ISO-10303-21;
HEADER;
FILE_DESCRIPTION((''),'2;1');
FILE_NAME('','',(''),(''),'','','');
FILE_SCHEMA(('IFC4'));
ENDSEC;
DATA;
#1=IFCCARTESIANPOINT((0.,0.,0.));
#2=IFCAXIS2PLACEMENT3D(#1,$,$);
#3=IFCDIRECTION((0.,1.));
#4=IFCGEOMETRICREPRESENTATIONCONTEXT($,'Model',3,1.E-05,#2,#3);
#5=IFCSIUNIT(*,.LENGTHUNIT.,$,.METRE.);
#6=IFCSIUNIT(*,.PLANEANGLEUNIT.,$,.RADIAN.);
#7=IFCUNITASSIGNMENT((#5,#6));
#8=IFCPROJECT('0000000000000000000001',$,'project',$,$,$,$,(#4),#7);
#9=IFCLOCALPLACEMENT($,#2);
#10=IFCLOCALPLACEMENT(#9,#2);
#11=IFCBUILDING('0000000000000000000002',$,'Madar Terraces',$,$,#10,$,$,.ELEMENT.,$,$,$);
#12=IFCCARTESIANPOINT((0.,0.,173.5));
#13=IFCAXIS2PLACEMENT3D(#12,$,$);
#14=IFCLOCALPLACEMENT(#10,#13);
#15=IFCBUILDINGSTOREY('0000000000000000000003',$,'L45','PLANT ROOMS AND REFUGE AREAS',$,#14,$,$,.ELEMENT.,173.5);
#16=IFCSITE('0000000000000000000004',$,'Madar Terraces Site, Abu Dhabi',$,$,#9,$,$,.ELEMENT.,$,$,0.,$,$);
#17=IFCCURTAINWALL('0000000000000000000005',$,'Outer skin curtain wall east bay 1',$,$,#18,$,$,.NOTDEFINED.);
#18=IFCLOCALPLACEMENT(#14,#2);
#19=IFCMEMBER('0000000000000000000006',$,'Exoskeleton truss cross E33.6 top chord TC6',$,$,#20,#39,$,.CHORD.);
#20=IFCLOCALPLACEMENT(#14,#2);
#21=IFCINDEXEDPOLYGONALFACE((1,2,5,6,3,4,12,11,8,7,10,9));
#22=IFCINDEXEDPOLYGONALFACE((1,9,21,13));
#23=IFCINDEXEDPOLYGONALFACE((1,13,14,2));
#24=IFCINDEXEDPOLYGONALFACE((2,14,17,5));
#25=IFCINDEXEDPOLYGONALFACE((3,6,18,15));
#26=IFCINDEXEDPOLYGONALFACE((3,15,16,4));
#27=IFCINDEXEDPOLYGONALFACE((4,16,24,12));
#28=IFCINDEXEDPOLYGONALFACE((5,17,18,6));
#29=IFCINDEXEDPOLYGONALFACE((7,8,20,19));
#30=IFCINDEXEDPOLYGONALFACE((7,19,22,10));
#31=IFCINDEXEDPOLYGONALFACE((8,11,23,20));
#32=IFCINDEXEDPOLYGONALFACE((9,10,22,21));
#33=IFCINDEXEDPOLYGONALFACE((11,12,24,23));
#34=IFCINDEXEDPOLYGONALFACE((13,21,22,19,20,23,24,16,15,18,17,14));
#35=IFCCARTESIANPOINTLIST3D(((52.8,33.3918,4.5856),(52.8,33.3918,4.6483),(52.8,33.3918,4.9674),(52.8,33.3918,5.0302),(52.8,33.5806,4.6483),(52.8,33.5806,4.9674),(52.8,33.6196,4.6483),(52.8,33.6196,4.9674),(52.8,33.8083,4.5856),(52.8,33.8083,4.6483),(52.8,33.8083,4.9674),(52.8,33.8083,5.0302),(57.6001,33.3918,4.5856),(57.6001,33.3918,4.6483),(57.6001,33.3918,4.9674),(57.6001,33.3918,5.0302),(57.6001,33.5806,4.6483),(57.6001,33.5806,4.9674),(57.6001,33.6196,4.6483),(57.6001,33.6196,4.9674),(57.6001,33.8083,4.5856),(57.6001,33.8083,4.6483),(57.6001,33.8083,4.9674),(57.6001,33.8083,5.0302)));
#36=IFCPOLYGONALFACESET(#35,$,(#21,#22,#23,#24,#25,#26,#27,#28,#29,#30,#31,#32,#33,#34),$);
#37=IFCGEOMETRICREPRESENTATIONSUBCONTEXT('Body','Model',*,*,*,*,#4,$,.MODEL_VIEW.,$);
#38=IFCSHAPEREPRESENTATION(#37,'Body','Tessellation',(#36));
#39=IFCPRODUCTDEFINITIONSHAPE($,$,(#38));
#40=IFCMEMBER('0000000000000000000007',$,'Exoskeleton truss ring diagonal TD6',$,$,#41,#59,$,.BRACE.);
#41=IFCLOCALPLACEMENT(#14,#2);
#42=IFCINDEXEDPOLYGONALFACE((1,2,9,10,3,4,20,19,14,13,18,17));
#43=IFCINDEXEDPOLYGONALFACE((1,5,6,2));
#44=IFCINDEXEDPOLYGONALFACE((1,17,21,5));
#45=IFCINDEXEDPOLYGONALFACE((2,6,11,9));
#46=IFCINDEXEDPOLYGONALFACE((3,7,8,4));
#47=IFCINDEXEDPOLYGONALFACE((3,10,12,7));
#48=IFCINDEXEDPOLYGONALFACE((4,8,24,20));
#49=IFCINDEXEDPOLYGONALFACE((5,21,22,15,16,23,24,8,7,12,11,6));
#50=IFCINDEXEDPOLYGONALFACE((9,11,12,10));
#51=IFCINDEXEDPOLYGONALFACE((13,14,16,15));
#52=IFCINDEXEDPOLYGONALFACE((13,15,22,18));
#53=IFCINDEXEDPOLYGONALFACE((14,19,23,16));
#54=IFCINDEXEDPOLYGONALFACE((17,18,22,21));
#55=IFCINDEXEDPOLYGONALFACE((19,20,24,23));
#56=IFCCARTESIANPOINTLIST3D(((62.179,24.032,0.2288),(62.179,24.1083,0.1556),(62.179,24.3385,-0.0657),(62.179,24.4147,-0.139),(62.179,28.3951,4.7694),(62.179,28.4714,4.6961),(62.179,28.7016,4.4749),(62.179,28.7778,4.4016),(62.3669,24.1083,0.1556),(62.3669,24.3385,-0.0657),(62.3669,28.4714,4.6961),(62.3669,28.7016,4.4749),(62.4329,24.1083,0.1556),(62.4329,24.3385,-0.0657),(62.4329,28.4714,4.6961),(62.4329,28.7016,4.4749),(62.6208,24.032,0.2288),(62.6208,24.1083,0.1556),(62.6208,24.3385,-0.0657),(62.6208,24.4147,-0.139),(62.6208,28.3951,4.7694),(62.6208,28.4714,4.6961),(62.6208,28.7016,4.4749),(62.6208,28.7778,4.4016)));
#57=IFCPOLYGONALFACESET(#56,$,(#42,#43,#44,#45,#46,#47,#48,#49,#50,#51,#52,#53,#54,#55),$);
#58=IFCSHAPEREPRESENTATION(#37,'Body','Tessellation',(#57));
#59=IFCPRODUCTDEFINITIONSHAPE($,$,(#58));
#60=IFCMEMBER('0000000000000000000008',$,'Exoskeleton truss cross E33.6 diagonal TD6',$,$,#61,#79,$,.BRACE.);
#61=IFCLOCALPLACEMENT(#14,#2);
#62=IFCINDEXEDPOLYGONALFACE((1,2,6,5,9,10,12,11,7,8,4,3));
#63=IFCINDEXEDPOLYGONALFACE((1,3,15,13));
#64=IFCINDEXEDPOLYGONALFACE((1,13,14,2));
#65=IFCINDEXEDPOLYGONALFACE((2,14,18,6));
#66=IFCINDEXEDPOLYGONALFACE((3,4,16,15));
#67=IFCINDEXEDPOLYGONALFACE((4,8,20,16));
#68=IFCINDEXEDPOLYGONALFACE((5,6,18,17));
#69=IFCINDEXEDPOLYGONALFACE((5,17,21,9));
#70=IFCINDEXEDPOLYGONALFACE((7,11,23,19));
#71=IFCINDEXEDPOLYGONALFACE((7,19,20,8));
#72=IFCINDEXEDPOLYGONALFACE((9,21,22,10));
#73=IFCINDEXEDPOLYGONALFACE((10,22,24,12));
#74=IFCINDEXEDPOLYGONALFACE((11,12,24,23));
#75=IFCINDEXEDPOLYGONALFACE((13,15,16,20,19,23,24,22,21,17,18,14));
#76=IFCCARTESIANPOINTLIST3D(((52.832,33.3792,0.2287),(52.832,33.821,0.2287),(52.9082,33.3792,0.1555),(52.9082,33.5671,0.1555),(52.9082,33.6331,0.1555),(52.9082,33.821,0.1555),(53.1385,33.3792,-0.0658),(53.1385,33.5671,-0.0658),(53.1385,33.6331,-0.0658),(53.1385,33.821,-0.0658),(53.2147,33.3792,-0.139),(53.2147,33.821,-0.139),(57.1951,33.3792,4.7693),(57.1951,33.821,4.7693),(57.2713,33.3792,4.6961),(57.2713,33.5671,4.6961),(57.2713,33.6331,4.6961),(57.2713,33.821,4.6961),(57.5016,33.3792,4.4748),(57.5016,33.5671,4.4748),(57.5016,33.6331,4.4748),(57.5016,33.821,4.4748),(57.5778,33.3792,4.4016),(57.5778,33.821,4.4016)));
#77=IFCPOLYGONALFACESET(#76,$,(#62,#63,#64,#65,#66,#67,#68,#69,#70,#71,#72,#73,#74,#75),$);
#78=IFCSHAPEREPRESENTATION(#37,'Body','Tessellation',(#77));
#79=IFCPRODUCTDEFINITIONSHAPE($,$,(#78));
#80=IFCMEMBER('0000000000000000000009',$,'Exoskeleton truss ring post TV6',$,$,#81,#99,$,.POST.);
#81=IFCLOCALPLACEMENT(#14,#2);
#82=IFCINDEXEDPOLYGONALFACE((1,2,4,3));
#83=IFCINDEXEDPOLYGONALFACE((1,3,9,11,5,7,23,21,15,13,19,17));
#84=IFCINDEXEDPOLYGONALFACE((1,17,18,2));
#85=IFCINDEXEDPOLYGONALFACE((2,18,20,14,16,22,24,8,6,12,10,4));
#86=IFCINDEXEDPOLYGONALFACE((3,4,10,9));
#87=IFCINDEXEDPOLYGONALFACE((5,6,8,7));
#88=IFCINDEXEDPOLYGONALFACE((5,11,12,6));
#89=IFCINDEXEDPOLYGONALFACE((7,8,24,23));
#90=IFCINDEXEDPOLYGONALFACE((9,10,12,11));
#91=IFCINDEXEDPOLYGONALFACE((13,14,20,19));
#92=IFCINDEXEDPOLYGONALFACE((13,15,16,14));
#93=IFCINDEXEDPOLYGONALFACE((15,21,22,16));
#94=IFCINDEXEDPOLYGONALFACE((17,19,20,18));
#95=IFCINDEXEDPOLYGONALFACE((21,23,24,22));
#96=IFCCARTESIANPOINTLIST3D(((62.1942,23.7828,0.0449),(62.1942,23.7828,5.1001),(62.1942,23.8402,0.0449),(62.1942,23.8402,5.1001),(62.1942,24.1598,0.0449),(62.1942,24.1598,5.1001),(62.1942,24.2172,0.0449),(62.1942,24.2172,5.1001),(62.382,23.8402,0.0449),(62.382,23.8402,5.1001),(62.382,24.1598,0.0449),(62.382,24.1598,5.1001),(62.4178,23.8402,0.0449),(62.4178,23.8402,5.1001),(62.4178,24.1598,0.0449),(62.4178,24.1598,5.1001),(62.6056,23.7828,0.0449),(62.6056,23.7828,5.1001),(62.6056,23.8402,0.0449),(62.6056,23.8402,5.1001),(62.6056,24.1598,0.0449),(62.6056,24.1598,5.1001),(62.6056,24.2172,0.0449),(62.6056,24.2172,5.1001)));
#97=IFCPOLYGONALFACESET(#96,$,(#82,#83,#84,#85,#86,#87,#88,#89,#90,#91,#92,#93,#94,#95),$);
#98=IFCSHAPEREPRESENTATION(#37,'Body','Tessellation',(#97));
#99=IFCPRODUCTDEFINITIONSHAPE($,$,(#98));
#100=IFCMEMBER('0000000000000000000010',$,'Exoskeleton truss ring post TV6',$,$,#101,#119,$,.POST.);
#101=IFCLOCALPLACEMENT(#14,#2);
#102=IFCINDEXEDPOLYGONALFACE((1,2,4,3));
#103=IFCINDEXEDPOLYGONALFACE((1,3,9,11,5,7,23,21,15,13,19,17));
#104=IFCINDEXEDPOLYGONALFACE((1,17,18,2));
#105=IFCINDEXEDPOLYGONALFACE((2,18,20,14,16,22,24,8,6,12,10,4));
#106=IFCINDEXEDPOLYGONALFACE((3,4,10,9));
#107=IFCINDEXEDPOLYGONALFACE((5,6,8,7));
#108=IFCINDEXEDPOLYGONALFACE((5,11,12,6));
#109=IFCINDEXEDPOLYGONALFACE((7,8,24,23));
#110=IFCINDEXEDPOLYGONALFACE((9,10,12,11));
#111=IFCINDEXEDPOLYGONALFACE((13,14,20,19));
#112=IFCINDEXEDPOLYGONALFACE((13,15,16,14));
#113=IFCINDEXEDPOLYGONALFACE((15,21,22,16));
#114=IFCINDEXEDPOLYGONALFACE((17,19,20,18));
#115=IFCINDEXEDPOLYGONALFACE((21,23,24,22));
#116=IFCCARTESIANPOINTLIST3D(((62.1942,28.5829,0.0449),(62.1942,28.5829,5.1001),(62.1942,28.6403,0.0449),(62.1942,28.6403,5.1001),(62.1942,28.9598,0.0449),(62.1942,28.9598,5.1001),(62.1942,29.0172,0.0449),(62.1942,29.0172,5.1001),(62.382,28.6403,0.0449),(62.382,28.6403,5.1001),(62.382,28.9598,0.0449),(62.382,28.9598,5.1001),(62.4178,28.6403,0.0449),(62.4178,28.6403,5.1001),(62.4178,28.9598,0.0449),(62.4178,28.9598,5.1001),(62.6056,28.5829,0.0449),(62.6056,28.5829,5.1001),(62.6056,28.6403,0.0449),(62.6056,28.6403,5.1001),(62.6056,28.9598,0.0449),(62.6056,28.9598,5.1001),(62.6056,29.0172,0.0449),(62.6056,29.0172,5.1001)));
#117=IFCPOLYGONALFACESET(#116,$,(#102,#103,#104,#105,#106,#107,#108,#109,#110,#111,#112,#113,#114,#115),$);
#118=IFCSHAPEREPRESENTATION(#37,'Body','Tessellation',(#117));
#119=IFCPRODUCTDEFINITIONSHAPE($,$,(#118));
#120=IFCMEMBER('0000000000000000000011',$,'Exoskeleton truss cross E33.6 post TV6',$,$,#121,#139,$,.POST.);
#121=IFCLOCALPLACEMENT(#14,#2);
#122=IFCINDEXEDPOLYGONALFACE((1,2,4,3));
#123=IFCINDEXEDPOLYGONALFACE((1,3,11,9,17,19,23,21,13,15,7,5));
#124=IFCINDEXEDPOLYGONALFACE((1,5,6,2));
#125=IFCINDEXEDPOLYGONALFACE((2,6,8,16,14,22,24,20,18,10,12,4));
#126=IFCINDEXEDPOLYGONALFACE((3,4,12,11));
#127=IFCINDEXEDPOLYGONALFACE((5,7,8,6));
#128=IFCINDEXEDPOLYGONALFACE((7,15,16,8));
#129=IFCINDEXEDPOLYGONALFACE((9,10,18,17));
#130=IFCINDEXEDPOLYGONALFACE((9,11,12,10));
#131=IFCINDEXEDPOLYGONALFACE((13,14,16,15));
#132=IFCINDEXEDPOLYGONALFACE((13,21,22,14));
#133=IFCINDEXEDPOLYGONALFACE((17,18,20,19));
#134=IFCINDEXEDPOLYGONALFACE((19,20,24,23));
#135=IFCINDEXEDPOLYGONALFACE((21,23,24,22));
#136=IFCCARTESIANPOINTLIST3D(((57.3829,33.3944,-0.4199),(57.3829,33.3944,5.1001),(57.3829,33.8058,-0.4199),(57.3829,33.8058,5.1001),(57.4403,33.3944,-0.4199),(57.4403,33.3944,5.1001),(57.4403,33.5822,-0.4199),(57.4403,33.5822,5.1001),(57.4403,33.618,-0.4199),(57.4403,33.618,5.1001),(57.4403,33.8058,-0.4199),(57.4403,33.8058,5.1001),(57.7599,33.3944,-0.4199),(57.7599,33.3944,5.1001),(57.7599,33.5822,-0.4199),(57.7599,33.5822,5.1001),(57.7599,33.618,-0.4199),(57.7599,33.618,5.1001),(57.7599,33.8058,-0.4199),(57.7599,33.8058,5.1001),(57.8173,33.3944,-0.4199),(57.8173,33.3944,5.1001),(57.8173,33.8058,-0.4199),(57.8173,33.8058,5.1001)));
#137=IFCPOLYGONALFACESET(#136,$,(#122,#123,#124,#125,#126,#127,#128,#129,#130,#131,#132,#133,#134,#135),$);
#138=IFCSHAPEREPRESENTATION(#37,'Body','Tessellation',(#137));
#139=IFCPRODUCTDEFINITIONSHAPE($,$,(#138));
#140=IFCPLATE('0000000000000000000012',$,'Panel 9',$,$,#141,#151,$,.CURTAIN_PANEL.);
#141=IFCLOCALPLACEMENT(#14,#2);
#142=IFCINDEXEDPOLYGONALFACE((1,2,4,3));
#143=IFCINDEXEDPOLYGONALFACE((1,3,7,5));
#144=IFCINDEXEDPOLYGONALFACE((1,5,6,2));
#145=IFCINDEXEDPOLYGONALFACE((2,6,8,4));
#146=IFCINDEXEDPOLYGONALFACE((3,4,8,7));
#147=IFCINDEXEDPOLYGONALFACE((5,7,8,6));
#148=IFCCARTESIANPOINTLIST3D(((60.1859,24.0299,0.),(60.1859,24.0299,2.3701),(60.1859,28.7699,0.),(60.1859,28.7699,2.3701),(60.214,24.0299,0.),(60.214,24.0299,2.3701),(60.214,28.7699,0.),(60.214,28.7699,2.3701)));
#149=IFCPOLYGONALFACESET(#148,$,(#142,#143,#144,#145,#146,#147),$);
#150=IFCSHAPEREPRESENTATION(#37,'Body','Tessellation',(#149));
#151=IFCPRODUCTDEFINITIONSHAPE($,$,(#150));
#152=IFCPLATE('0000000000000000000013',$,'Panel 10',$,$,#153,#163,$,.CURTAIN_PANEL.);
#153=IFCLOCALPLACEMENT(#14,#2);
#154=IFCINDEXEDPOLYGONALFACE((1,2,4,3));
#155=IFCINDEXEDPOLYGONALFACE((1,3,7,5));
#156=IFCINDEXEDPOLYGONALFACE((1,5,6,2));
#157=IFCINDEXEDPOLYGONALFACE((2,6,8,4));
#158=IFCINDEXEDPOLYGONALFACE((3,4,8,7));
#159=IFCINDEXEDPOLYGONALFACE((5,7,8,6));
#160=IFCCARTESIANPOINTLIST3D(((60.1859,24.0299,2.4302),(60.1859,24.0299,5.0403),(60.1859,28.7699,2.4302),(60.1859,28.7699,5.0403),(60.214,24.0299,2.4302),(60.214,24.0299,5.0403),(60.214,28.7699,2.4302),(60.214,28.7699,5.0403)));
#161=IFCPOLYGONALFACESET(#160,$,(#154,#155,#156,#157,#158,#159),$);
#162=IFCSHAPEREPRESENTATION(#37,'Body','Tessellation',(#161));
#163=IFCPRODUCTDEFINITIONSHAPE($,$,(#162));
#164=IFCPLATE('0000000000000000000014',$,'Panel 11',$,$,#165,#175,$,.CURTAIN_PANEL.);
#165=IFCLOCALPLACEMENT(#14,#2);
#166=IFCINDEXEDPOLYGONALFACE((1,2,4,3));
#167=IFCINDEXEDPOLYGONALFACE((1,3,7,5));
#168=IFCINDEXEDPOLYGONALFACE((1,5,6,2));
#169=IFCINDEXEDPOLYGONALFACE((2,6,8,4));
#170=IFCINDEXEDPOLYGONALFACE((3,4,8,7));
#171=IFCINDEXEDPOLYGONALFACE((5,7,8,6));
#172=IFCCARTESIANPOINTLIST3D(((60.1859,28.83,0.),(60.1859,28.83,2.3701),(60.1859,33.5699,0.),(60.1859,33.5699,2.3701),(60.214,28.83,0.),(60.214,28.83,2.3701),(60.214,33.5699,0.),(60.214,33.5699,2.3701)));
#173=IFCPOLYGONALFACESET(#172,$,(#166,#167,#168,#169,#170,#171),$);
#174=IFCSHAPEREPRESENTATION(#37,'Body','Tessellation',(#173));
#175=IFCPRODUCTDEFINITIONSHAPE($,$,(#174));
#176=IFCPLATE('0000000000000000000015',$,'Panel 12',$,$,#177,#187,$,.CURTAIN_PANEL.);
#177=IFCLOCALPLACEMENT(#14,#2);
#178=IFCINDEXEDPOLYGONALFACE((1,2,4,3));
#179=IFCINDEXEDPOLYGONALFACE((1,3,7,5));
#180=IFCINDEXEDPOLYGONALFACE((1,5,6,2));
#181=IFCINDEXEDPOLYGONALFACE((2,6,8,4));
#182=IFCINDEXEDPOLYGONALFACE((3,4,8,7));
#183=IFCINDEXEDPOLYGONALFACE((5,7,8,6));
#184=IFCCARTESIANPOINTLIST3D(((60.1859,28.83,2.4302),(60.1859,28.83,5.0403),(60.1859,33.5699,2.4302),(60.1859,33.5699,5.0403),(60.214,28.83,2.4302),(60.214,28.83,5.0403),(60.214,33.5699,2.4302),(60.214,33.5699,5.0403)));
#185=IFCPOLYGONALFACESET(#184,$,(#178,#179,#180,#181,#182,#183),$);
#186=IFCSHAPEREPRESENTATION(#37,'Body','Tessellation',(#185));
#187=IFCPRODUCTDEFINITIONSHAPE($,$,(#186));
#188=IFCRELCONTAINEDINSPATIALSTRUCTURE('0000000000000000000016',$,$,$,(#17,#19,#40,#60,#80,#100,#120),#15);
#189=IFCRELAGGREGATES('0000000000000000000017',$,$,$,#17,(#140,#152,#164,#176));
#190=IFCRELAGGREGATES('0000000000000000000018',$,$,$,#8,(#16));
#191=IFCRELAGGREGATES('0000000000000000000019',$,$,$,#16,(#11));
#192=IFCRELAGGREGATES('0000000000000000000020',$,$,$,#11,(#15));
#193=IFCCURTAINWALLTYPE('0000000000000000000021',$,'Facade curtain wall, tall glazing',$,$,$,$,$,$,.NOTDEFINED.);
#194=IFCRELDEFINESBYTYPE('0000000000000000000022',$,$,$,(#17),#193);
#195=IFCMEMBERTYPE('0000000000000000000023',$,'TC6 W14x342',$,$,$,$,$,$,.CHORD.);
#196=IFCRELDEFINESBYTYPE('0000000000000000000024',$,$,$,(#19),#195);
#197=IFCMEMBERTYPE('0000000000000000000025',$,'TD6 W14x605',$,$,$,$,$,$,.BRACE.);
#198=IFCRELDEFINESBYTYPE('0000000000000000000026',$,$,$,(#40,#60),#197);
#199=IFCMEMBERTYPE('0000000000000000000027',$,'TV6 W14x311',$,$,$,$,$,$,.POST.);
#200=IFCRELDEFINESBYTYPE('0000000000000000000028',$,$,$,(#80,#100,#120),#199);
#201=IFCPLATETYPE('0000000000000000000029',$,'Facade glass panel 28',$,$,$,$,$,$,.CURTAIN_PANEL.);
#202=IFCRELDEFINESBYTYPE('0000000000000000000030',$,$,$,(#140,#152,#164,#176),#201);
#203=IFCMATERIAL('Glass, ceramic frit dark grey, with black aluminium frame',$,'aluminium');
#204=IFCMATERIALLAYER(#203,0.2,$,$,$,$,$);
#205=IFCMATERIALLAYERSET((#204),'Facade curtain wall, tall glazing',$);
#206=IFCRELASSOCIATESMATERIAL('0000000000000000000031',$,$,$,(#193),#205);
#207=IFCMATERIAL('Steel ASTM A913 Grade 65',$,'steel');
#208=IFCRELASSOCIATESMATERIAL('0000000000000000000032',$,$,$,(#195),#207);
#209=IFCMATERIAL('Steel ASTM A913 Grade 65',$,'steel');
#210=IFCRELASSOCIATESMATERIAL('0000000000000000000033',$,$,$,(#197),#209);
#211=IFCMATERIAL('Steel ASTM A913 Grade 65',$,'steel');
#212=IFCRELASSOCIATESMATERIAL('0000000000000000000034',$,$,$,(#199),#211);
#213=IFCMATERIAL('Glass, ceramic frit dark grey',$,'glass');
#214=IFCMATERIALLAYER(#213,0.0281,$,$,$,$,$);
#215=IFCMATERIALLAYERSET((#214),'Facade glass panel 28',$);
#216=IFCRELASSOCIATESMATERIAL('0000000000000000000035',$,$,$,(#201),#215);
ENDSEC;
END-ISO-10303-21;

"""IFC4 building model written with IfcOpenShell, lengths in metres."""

from ifc_helpers import new_model, si_unit, direction, frame, origin, origin_2d, place, context, subcontext, project, spatial, rectangle, i_section, extrude, material, layer, layer_set, material_profile, profile_set, type_object, element, aggregate, save


model = new_model("IFC4")

# Units and contexts
model_context = context("Model", 3, precision=1e-05, world=origin(), true_north=direction((0.0, 1.0)))
body_context = subcontext(model_context, "Body", "Model", "MODEL_VIEW")
ifc_project = project(units=[si_unit("LENGTHUNIT", "METRE"), si_unit("PLANEANGLEUNIT", "RADIAN")], contexts=[model_context])

# Site, building, storey
site_placement = place(None, origin())
site = spatial("IfcSite", under=ifc_project, at=site_placement, Name="Madar Terraces Site, Abu Dhabi", CompositionType="ELEMENT", RefElevation=0.0)
building_placement = place(site_placement, origin())
building = spatial("IfcBuilding", under=site, at=building_placement, Name="Madar Terraces", CompositionType="ELEMENT")
storey_placement = place(building_placement, frame((0.0, 0.0, 173.5)))
storey = spatial("IfcBuildingStorey", under=building, at=storey_placement, Name="L45", Description="PLANT ROOMS AND REFUGE AREAS", CompositionType="ELEMENT", Elevation=173.5)

# Curtain wall
ifc_material_1 = material(Name="Glass, ceramic frit dark grey, with black aluminium frame", Category="aluminium")
ifc_layer_1 = layer(ifc_material_1, 0.2)
ifc_layer_set_1 = layer_set([ifc_layer_1], Name="Facade curtain wall, tall glazing")
curtain_wall_type = type_object("IfcCurtainWallType", Name="Facade curtain wall, tall glazing", PredefinedType="NOTDEFINED", material=ifc_layer_set_1)
curtain_wall_placement = place(storey_placement, origin())
curtain_wall = element("IfcCurtainWall", 1, at=curtain_wall_placement, inside=storey, type_object=curtain_wall_type, Name="Outer skin curtain wall east bay 1", PredefinedType="NOTDEFINED")

# Members
ifc_material_2 = material(Name="Steel ASTM A913 Grade 65", Category="steel")
ifc_material_profile_1 = material_profile(ifc_material_2, i_section(OverallWidth=0.4165, OverallDepth=0.4446, WebThickness=0.0391, FlangeThickness=0.0627, at=origin_2d()), Name="W14x342")
ifc_profile_set_1 = profile_set([ifc_material_profile_1], Name="Steel ASTM A913 Grade 65")
member_type_1 = type_object("IfcMemberType", Name="TC6 W14x342", PredefinedType="CHORD", material=ifc_profile_set_1)
member_1_placement = place(storey_placement, frame((57.6001, 33.6001, 4.8079), z_axis=(-1.0, 0.0, 0.0), x_axis=(0.0, -1.0, 0.0)))
element("IfcMember", 2, at=member_1_placement, inside=storey, type_object=member_type_1, Name="Exoskeleton truss cross E33.6 top chord TC6", PredefinedType="CHORD", context=body_context, shape_type="SweptSolid", body=[
    extrude(i_section(OverallWidth=0.4165, OverallDepth=0.4446, WebThickness=0.0391, FlangeThickness=0.0627, at=origin_2d()), origin(), (0.0, 0.0, 1.0), 4.8),
])
ifc_material_3 = material(Name="Steel ASTM A913 Grade 65", Category="steel")
ifc_material_profile_2 = material_profile(ifc_material_3, i_section(OverallWidth=0.4419, OverallDepth=0.5308, WebThickness=0.0659, FlangeThickness=0.1057, at=origin_2d()), Name="W14x605")
ifc_profile_set_2 = profile_set([ifc_material_profile_2], Name="Steel ASTM A913 Grade 65")
member_type_2 = type_object("IfcMemberType", Name="TD6 W14x605", PredefinedType="BRACE", material=ifc_profile_set_2)
for number, where, z_axis, x_axis, name in (
    (3, (62.3999, 24.2234, 0.0449), (0.0, 0.692873, 0.72106), (-1.0, 0.0, 0.0), "Exoskeleton truss ring diagonal TD6"),
    (4, (57.3865, 33.6001, 4.5854), (-0.692873, 0.0, -0.72106), (0.0, -1.0, 0.0), "Exoskeleton truss cross E33.6 diagonal TD6"),
):
    element("IfcMember", number, at=place(storey_placement, frame(where, z_axis=z_axis, x_axis=x_axis)), inside=storey, type_object=member_type_2, Name=name, PredefinedType="BRACE", context=body_context, shape_type="SweptSolid", body=[
        extrude(i_section(OverallWidth=0.4419, OverallDepth=0.5308, WebThickness=0.0659, FlangeThickness=0.1057, at=origin_2d()), origin(), (0.0, 0.0, 1.0), 6.2971),
    ])
ifc_material_4 = material(Name="Steel ASTM A913 Grade 65", Category="steel")
ifc_material_profile_3 = material_profile(ifc_material_4, i_section(OverallWidth=0.4114, OverallDepth=0.4343, WebThickness=0.0359, FlangeThickness=0.0574, at=origin_2d()), Name="W14x311")
ifc_profile_set_3 = profile_set([ifc_material_profile_3], Name="Steel ASTM A913 Grade 65")
member_type_3 = type_object("IfcMemberType", Name="TV6 W14x311", PredefinedType="POST", material=ifc_profile_set_3)
for number, where, z_axis, x_axis, name in (
    (5, (62.3999, 24.0, 0.0449), (0.0, 0.0, 1.0), (-1.0, 0.0, 0.0), "Exoskeleton truss ring post TV6"),
    (6, (62.3999, 28.8, 0.0449), (0.0, 0.0, 1.0), (-1.0, 0.0, 0.0), "Exoskeleton truss ring post TV6"),
):
    element("IfcMember", number, at=place(storey_placement, frame(where, z_axis=z_axis, x_axis=x_axis)), inside=storey, type_object=member_type_3, Name=name, PredefinedType="POST", context=body_context, shape_type="SweptSolid", body=[
        extrude(i_section(OverallWidth=0.4114, OverallDepth=0.4343, WebThickness=0.0359, FlangeThickness=0.0574, at=origin_2d()), origin(), (0.0, 0.0, 1.0), 5.0552),
    ])
member_2_placement = place(storey_placement, frame((57.6001, 33.6001, -0.4199), z_axis=(0.0, 0.0, 1.0), x_axis=(0.0, 1.0, 0.0)))
element("IfcMember", 7, at=member_2_placement, inside=storey, type_object=member_type_3, Name="Exoskeleton truss cross E33.6 post TV6", PredefinedType="POST", context=body_context, shape_type="SweptSolid", body=[
    extrude(i_section(OverallWidth=0.4114, OverallDepth=0.4343, WebThickness=0.0359, FlangeThickness=0.0574, at=origin_2d()), origin(), (0.0, 0.0, 1.0), 5.52),
])

# Plates
ifc_material_5 = material(Name="Glass, ceramic frit dark grey", Category="glass")
ifc_layer_2 = layer(ifc_material_5, 0.0281)
ifc_layer_set_2 = layer_set([ifc_layer_2], Name="Facade glass panel 28")
plate_type = type_object("IfcPlateType", Name="Facade glass panel 28", PredefinedType="CURTAIN_PANEL", material=ifc_layer_set_2)
plate_1_placement = place(storey_placement, frame((60.2, 26.3999, 0.0), z_axis=(0.0, 0.0, 1.0), x_axis=(0.0, 1.0, 0.0)))
plate_1 = element("IfcPlate", 8, at=plate_1_placement, type_object=plate_type, Name="Panel 9", PredefinedType="CURTAIN_PANEL", context=body_context, shape_type="SweptSolid", body=[
    extrude(rectangle(XDim=4.74, YDim=0.0281, at=origin_2d()), origin(), (0.0, 0.0, 1.0), 2.3701),
])
plate_2_placement = place(storey_placement, frame((60.2, 26.3999, 2.4302), z_axis=(0.0, 0.0, 1.0), x_axis=(0.0, 1.0, 0.0)))
plate_2 = element("IfcPlate", 9, at=plate_2_placement, type_object=plate_type, Name="Panel 10", PredefinedType="CURTAIN_PANEL", context=body_context, shape_type="SweptSolid", body=[
    extrude(rectangle(XDim=4.74, YDim=0.0281, at=origin_2d()), origin(), (0.0, 0.0, 1.0), 2.6101),
])
plate_3_placement = place(storey_placement, frame((60.2, 31.2, 0.0), z_axis=(0.0, 0.0, 1.0), x_axis=(0.0, 1.0, 0.0)))
plate_3 = element("IfcPlate", 10, at=plate_3_placement, type_object=plate_type, Name="Panel 11", PredefinedType="CURTAIN_PANEL", context=body_context, shape_type="SweptSolid", body=[
    extrude(rectangle(XDim=4.74, YDim=0.0281, at=origin_2d()), origin(), (0.0, 0.0, 1.0), 2.3701),
])
plate_4_placement = place(storey_placement, frame((60.2, 31.2, 2.4302), z_axis=(0.0, 0.0, 1.0), x_axis=(0.0, 1.0, 0.0)))
plate_4 = element("IfcPlate", 11, at=plate_4_placement, type_object=plate_type, Name="Panel 12", PredefinedType="CURTAIN_PANEL", context=body_context, shape_type="SweptSolid", body=[
    extrude(rectangle(XDim=4.74, YDim=0.0281, at=origin_2d()), origin(), (0.0, 0.0, 1.0), 2.6101),
])
aggregate(curtain_wall, [plate_1, plate_2, plate_3, plate_4])

save(model, "model.ifc")
